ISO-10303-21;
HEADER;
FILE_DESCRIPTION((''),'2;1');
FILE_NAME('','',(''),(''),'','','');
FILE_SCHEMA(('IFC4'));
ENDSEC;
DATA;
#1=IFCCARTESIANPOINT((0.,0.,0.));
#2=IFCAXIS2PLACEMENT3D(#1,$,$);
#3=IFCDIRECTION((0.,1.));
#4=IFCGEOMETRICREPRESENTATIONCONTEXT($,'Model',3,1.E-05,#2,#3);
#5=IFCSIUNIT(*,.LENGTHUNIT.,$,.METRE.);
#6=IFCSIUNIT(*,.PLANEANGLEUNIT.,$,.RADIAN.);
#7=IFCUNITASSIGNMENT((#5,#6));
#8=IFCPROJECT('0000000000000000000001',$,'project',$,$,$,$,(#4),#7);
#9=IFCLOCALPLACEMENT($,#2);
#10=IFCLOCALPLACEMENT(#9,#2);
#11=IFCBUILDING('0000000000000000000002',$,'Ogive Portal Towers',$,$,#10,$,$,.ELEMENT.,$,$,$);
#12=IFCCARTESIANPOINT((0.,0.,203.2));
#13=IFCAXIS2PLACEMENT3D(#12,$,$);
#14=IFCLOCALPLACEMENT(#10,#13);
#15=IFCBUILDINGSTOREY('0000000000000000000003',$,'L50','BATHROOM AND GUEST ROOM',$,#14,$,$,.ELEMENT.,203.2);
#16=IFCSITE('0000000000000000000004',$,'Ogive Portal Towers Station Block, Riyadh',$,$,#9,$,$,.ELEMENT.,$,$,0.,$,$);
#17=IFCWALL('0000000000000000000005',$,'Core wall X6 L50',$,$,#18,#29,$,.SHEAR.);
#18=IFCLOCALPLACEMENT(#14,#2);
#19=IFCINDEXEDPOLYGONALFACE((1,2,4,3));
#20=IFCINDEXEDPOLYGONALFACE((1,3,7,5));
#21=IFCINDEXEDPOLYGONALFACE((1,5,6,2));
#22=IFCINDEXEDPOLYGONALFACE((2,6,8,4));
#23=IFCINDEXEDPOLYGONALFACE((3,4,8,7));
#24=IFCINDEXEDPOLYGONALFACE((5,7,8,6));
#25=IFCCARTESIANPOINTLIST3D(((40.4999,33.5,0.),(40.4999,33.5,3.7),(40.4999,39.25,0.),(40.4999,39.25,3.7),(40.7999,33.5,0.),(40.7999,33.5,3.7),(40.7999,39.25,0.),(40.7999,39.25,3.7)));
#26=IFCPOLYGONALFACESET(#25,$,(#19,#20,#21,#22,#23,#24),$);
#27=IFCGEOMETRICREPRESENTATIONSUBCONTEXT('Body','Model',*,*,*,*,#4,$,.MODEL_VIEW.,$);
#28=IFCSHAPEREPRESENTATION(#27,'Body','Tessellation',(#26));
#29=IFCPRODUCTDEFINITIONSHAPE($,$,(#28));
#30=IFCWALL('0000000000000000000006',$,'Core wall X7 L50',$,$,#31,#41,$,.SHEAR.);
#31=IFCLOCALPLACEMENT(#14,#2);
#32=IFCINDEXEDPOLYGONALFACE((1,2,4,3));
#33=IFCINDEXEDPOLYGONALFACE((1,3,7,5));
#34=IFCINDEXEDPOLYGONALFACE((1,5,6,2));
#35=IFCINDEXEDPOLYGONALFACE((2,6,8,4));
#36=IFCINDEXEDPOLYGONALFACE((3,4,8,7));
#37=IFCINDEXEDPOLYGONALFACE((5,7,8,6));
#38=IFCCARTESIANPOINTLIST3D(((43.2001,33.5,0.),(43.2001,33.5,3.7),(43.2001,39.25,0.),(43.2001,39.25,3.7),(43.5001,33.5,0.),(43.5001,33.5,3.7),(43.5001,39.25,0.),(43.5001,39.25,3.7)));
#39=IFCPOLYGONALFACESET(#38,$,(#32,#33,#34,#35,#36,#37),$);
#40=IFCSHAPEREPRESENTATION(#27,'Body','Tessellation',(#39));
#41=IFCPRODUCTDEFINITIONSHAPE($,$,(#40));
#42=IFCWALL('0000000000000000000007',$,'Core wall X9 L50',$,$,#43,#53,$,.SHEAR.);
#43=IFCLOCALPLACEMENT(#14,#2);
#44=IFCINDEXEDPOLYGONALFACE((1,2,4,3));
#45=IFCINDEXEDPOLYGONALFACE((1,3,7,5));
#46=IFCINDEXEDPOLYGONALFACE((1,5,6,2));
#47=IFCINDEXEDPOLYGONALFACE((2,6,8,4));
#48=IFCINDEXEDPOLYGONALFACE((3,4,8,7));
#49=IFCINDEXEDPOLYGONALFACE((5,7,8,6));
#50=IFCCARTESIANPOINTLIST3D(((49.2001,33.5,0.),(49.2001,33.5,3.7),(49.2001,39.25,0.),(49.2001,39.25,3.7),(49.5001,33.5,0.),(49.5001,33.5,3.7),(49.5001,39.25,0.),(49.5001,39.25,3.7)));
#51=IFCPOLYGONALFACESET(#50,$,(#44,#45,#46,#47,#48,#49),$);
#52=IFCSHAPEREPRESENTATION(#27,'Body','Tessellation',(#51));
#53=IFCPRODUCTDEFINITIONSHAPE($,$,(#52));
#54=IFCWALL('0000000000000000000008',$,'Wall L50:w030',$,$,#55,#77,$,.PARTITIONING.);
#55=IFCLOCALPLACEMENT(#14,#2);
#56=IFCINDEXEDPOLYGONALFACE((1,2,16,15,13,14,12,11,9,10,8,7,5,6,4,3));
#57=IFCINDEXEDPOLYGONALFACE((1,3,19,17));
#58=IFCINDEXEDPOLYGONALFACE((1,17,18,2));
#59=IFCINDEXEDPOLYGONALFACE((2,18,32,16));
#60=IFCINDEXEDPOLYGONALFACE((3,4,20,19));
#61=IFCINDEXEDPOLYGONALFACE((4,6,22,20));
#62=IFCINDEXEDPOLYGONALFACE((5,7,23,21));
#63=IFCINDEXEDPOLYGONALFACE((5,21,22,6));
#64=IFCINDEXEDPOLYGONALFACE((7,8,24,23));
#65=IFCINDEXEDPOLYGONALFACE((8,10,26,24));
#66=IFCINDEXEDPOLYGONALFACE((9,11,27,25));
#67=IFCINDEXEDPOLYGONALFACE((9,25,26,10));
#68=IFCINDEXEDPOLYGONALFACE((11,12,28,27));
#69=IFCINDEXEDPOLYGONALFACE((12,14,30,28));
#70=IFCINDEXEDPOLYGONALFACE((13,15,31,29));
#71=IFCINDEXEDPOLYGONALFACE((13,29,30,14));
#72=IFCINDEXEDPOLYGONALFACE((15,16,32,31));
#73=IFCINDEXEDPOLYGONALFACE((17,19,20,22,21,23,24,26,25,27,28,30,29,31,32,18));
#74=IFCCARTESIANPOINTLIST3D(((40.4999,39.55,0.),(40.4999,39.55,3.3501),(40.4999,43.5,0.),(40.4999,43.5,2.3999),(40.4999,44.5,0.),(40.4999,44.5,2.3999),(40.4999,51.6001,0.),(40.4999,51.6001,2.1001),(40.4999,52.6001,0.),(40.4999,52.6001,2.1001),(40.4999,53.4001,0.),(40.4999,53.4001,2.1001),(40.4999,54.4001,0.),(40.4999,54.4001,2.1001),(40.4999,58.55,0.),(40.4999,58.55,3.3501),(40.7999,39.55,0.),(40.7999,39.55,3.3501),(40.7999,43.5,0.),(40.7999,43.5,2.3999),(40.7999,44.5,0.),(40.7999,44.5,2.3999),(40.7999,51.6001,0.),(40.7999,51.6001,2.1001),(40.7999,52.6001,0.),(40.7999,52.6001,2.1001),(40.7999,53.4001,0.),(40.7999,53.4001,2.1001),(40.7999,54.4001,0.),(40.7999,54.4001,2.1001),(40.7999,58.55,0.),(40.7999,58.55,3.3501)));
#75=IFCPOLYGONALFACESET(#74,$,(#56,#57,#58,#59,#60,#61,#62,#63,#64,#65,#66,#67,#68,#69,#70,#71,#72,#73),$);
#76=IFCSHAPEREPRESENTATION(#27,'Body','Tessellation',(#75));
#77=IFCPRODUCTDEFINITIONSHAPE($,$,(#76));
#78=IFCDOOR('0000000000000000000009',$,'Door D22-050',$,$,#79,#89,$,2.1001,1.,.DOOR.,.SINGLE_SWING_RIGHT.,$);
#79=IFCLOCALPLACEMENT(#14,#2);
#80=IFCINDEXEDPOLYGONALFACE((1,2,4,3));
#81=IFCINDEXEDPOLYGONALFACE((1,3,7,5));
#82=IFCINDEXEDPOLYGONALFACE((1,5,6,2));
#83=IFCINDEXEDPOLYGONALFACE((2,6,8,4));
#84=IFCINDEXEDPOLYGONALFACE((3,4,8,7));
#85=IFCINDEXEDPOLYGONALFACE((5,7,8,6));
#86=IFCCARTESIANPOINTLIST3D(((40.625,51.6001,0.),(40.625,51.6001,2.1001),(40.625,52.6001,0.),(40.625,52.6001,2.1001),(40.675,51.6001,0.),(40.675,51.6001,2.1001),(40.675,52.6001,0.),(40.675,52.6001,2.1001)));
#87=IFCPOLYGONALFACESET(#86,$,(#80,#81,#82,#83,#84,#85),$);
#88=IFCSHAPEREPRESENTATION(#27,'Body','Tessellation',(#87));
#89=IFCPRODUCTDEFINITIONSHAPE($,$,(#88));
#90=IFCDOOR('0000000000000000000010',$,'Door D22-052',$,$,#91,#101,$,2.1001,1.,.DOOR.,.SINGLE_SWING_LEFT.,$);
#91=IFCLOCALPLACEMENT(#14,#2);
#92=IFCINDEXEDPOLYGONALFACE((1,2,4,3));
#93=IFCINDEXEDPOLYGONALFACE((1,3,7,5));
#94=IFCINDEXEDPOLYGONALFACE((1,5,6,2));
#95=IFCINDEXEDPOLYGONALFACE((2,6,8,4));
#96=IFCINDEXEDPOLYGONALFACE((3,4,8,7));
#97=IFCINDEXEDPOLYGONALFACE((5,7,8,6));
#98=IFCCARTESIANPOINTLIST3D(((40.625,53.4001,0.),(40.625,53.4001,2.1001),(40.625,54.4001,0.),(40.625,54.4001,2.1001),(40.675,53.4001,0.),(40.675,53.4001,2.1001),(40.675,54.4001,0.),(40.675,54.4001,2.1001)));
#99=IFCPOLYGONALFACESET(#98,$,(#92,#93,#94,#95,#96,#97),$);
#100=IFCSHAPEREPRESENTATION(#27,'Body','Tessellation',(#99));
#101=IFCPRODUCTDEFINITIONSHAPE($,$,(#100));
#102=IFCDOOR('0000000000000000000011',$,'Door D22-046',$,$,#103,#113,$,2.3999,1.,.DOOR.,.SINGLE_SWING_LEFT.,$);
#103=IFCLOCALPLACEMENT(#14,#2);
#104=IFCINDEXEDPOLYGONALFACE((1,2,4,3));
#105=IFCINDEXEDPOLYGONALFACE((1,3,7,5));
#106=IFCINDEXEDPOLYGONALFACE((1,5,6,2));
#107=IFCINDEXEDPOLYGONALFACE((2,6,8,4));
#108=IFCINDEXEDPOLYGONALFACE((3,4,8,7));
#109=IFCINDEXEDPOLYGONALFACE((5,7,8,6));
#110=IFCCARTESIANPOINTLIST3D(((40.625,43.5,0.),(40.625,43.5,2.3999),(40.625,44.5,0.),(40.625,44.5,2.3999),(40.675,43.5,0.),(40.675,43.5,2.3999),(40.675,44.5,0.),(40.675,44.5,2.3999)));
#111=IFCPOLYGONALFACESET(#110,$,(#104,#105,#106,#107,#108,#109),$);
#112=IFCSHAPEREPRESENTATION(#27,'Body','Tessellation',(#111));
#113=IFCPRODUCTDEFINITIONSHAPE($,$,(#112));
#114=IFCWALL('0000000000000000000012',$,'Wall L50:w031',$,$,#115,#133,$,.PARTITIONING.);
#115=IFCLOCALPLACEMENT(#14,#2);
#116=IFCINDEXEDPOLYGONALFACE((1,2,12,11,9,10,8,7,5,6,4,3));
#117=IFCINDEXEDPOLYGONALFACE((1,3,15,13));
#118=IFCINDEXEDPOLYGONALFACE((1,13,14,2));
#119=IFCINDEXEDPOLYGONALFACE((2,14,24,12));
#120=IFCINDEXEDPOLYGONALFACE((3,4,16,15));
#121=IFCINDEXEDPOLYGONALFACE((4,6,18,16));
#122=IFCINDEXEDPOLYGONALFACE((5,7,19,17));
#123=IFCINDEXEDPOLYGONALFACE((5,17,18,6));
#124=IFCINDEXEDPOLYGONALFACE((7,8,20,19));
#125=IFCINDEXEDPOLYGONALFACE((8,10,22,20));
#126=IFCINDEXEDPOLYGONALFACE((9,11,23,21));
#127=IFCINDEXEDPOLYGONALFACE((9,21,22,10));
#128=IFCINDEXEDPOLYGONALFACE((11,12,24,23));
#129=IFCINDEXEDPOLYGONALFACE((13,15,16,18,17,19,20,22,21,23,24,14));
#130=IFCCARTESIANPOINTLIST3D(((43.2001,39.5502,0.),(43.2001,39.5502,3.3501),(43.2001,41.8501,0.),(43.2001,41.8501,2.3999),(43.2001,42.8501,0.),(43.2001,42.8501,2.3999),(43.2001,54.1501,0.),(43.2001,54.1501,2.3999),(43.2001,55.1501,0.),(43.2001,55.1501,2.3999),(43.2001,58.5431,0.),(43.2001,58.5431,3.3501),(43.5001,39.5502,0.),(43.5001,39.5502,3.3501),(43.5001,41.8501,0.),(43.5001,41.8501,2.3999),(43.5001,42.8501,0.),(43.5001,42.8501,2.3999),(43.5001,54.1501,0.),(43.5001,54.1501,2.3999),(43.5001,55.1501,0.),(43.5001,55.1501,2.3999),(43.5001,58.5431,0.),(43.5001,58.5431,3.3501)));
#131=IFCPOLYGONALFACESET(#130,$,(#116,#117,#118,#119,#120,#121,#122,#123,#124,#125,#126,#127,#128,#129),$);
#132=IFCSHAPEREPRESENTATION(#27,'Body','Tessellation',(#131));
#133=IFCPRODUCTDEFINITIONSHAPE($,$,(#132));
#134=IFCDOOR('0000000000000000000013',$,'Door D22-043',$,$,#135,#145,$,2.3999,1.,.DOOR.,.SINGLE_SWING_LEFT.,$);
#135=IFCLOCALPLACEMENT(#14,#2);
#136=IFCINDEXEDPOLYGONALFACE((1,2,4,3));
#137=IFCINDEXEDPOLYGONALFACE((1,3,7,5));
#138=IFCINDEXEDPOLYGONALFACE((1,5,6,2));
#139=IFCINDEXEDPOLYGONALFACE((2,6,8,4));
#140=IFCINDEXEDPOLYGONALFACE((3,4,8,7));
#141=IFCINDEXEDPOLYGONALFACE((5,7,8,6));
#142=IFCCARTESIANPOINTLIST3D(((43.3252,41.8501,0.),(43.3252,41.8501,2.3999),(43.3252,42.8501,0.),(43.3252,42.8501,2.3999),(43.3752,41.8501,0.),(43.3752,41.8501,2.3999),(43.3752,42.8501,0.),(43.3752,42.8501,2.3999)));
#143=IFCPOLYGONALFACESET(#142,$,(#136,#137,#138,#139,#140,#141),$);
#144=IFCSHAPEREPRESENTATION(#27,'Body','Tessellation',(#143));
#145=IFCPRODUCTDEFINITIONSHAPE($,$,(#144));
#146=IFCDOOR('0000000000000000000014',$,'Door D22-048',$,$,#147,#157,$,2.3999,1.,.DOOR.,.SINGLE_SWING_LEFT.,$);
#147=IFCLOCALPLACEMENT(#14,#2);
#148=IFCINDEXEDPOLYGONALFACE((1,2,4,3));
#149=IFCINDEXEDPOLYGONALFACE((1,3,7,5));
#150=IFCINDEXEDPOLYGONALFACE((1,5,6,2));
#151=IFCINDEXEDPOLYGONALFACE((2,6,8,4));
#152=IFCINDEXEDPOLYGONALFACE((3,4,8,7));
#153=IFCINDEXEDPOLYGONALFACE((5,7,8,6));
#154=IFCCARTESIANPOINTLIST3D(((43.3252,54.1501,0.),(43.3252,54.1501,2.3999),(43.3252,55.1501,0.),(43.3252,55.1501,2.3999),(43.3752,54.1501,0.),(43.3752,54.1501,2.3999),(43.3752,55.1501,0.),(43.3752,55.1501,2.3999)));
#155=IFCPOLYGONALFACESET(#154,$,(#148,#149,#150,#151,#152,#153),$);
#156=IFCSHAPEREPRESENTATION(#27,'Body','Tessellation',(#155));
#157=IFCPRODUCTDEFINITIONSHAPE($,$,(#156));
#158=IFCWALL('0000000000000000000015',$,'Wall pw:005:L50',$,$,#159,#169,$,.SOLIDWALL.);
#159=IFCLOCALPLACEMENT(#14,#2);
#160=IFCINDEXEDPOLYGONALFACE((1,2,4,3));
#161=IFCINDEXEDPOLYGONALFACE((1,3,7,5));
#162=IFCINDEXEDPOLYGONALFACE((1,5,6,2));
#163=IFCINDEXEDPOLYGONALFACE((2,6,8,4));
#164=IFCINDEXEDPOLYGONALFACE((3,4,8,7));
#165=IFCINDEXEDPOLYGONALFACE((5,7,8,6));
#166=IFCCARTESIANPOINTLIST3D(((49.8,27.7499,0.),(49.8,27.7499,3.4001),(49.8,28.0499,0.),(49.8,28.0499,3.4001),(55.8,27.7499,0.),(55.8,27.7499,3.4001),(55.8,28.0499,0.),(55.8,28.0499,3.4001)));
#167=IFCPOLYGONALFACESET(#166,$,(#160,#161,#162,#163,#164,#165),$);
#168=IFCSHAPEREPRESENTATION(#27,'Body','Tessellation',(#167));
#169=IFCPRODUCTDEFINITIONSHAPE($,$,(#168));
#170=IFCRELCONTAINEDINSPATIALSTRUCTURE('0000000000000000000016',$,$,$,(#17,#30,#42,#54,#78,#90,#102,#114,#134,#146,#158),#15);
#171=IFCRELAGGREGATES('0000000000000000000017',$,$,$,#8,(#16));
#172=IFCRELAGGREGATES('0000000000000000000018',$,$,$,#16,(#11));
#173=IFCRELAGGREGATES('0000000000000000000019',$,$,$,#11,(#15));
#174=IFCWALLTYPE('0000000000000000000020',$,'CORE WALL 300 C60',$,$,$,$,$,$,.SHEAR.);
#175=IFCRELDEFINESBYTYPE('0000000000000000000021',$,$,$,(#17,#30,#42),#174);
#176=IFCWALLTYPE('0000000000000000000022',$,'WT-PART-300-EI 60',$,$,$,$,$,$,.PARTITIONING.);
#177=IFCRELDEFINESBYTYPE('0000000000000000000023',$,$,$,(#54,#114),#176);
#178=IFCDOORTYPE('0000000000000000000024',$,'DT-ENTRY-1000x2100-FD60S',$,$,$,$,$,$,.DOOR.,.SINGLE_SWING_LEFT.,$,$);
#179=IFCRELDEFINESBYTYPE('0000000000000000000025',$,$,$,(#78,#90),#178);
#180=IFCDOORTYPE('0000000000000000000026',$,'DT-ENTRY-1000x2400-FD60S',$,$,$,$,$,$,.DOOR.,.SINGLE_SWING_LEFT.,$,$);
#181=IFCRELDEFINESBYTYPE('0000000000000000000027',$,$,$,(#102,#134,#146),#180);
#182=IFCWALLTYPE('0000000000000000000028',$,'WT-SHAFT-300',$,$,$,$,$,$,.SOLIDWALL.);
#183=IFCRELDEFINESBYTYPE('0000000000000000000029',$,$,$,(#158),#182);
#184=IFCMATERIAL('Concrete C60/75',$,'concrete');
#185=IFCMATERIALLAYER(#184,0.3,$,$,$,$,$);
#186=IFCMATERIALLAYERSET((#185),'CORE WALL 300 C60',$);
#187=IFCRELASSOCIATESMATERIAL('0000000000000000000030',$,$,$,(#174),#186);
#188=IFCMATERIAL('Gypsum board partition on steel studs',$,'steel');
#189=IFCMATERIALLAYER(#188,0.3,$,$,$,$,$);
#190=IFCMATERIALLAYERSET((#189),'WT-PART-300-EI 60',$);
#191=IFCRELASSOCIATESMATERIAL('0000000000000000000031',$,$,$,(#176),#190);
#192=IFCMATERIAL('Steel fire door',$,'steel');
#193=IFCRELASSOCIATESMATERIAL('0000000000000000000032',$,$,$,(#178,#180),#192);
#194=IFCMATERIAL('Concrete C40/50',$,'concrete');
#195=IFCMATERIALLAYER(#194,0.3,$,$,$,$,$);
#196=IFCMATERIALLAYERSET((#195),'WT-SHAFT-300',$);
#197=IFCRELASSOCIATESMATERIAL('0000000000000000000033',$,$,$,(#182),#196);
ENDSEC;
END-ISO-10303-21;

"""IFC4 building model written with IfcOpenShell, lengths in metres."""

from ifc_helpers import new_model, si_unit, direction, frame, frame_2d, origin, place, context, subcontext, project, spatial, rectangle, extrude, material, layer, layer_set, type_object, element, fill, save


model = new_model("IFC4")

# Units and contexts
model_context = context("Model", 3, precision=1e-05, world=origin(), true_north=direction((0.0, 1.0)))
body_context = subcontext(model_context, "Body", "Model", "MODEL_VIEW")
ifc_project = project(units=[si_unit("LENGTHUNIT", "METRE"), si_unit("PLANEANGLEUNIT", "RADIAN")], contexts=[model_context])

# Site, building, storey
site_placement = place(None, origin())
site = spatial("IfcSite", under=ifc_project, at=site_placement, Name="Ogive Portal Towers Station Block, Riyadh", CompositionType="ELEMENT", RefElevation=0.0)
building_placement = place(site_placement, origin())
building = spatial("IfcBuilding", under=site, at=building_placement, Name="Ogive Portal Towers", CompositionType="ELEMENT")
storey_placement = place(building_placement, frame((0.0, 0.0, 203.2)))
storey = spatial("IfcBuildingStorey", under=building, at=storey_placement, Name="L50", Description="BATHROOM AND GUEST ROOM", CompositionType="ELEMENT", Elevation=203.2)

# Shared definitions
ifc_material_1 = material(Name="Concrete C60/75", Category="concrete")
ifc_layer_1 = layer(ifc_material_1, 0.3)
ifc_layer_set_1 = layer_set([ifc_layer_1], Name="CORE WALL 300 C60")
wall_type_1 = type_object("IfcWallType", Name="CORE WALL 300 C60", PredefinedType="SHEAR", material=ifc_layer_set_1)
ifc_material_2 = material(Name="Steel fire door", Category="steel")

# Walls
for number, where, z_axis, x_axis, name in (
    (1, (40.6499, 33.5, 0.0), (0.0, 0.0, 1.0), (0.0, 1.0, 0.0), "Core wall X6 L50"),
    (2, (43.3501, 33.5, 0.0), (0.0, 0.0, 1.0), (0.0, 1.0, 0.0), "Core wall X7 L50"),
    (3, (49.3501, 33.5, 0.0), (0.0, 0.0, 1.0), (0.0, 1.0, 0.0), "Core wall X9 L50"),
):
    element("IfcWall", number, at=place(storey_placement, frame(where, z_axis=z_axis, x_axis=x_axis)), inside=storey, type_object=wall_type_1, Name=name, PredefinedType="SHEAR", context=body_context, shape_type="SweptSolid", body=[
        extrude(rectangle(XDim=5.75, YDim=0.3, at=frame_2d((2.875, 0.0))), origin(), (0.0, 0.0, 1.0), 3.7),
    ])

# Walls, openings, doors
ifc_material_3 = material(Name="Gypsum board partition on steel studs", Category="steel")
ifc_layer_2 = layer(ifc_material_3, 0.3)
ifc_layer_set_2 = layer_set([ifc_layer_2], Name="WT-PART-300-EI 60")
wall_type_2 = type_object("IfcWallType", Name="WT-PART-300-EI 60", PredefinedType="PARTITIONING", material=ifc_layer_set_2)
wall_1_placement = place(storey_placement, frame((40.6499, 39.55, 0.0), z_axis=(0.0, 0.0, 1.0), x_axis=(0.0, 1.0, 0.0)))
wall_1 = element("IfcWall", 4, at=wall_1_placement, inside=storey, type_object=wall_type_2, Name="Wall L50:w030", PredefinedType="PARTITIONING", context=body_context, shape_type="SweptSolid", body=[
    extrude(rectangle(XDim=19.0, YDim=0.3, at=frame_2d((9.5, 0.0))), origin(), (0.0, 0.0, 1.0), 3.3501),
])
opening_1_placement = place(wall_1_placement, frame((3.95, 0.0, 0.0)))
opening_1 = element("IfcOpeningElement", 5, at=opening_1_placement, cuts=wall_1, PredefinedType="OPENING", context=body_context, shape_type="SweptSolid", body=[
    extrude(rectangle(XDim=1.0, YDim=2.3999, at=frame_2d((0.5, 1.2))), frame((0.0, 0.1602, 0.0), z_axis=(0.0, -1.0, 0.0), x_axis=(1.0, 0.0, 0.0)), (0.0, 0.0, 1.0), 0.3201),
])
opening_2_placement = place(wall_1_placement, frame((12.05, 0.0, 0.0)))
opening_2 = element("IfcOpeningElement", 6, at=opening_2_placement, cuts=wall_1, PredefinedType="OPENING", context=body_context, shape_type="SweptSolid", body=[
    extrude(rectangle(XDim=1.0, YDim=2.1001, at=frame_2d((0.5, 1.05))), frame((0.0, 0.1602, 0.0), z_axis=(0.0, -1.0, 0.0), x_axis=(1.0, 0.0, 0.0)), (0.0, 0.0, 1.0), 0.3201),
])
opening_3_placement = place(wall_1_placement, frame((13.8501, 0.0, 0.0)))
opening_3 = element("IfcOpeningElement", 7, at=opening_3_placement, cuts=wall_1, PredefinedType="OPENING", context=body_context, shape_type="SweptSolid", body=[
    extrude(rectangle(XDim=1.0, YDim=2.1001, at=frame_2d((0.5, 1.05))), frame((0.0, 0.1602, 0.0), z_axis=(0.0, -1.0, 0.0), x_axis=(1.0, 0.0, 0.0)), (0.0, 0.0, 1.0), 0.3201),
])
door_type_1 = type_object("IfcDoorType", Name="DT-ENTRY-1000x2100-FD60S", OperationType="SINGLE_SWING_LEFT", PredefinedType="DOOR", material=ifc_material_2)
door_1_placement = place(opening_2_placement, origin())
door_1 = element("IfcDoor", 8, at=door_1_placement, inside=storey, type_object=door_type_1, Name="Door D22-050", OperationType="SINGLE_SWING_RIGHT", OverallHeight=2.1001, OverallWidth=1.0, PredefinedType="DOOR", context=body_context, shape_type="SweptSolid", body=[
    extrude(rectangle(XDim=1.0, YDim=2.1001, at=frame_2d((0.5, 1.05))), frame((0.0, 0.0249, 0.0), z_axis=(0.0, -1.0, 0.0), x_axis=(1.0, 0.0, 0.0)), (0.0, 0.0, 1.0), 0.05),
])
fill(opening_2, door_1)
door_2_placement = place(opening_3_placement, origin())
door_2 = element("IfcDoor", 9, at=door_2_placement, inside=storey, type_object=door_type_1, Name="Door D22-052", OperationType="SINGLE_SWING_LEFT", OverallHeight=2.1001, OverallWidth=1.0, PredefinedType="DOOR", context=body_context, shape_type="SweptSolid", body=[
    extrude(rectangle(XDim=1.0, YDim=2.1001, at=frame_2d((0.5, 1.05))), frame((0.0, 0.0249, 0.0), z_axis=(0.0, -1.0, 0.0), x_axis=(1.0, 0.0, 0.0)), (0.0, 0.0, 1.0), 0.05),
])
fill(opening_3, door_2)
door_type_2 = type_object("IfcDoorType", Name="DT-ENTRY-1000x2400-FD60S", OperationType="SINGLE_SWING_LEFT", PredefinedType="DOOR", material=ifc_material_2)
door_3_placement = place(opening_1_placement, origin())
door_3 = element("IfcDoor", 10, at=door_3_placement, inside=storey, type_object=door_type_2, Name="Door D22-046", OperationType="SINGLE_SWING_LEFT", OverallHeight=2.3999, OverallWidth=1.0, PredefinedType="DOOR", context=body_context, shape_type="SweptSolid", body=[
    extrude(rectangle(XDim=1.0, YDim=2.3999, at=frame_2d((0.5, 1.2))), frame((0.0, 0.0249, 0.0), z_axis=(0.0, -1.0, 0.0), x_axis=(1.0, 0.0, 0.0)), (0.0, 0.0, 1.0), 0.05),
])
fill(opening_1, door_3)
wall_2_placement = place(storey_placement, frame((43.3501, 39.55, 0.0), z_axis=(0.0, 0.0, 1.0), x_axis=(0.0, 1.0, 0.0)))
wall_2 = element("IfcWall", 11, at=wall_2_placement, inside=storey, type_object=wall_type_2, Name="Wall L50:w031", PredefinedType="PARTITIONING", context=body_context, shape_type="SweptSolid", body=[
    extrude(rectangle(XDim=18.9929, YDim=0.3, at=frame_2d((9.4966, 0.0))), origin(), (0.0, 0.0, 1.0), 3.3501),
])
opening_4_placement = place(wall_2_placement, frame((2.3, 0.0, 0.0)))
opening_4 = element("IfcOpeningElement", 12, at=opening_4_placement, cuts=wall_2, PredefinedType="OPENING", context=body_context, shape_type="SweptSolid", body=[
    extrude(rectangle(XDim=1.0, YDim=2.3999, at=frame_2d((0.5, 1.2))), frame((0.0, 0.1602, 0.0), z_axis=(0.0, -1.0, 0.0), x_axis=(1.0, 0.0, 0.0)), (0.0, 0.0, 1.0), 0.3201),
])
opening_5_placement = place(wall_2_placement, frame((14.6001, 0.0, 0.0)))
opening_5 = element("IfcOpeningElement", 13, at=opening_5_placement, cuts=wall_2, PredefinedType="OPENING", context=body_context, shape_type="SweptSolid", body=[
    extrude(rectangle(XDim=1.0, YDim=2.3999, at=frame_2d((0.5, 1.2))), frame((0.0, 0.1602, 0.0), z_axis=(0.0, -1.0, 0.0), x_axis=(1.0, 0.0, 0.0)), (0.0, 0.0, 1.0), 0.3201),
])
door_4_placement = place(opening_4_placement, origin())
door_4 = element("IfcDoor", 14, at=door_4_placement, inside=storey, type_object=door_type_2, Name="Door D22-043", OperationType="SINGLE_SWING_LEFT", OverallHeight=2.3999, OverallWidth=1.0, PredefinedType="DOOR", context=body_context, shape_type="SweptSolid", body=[
    extrude(rectangle(XDim=1.0, YDim=2.3999, at=frame_2d((0.5, 1.2))), frame((0.0, 0.0249, 0.0), z_axis=(0.0, -1.0, 0.0), x_axis=(1.0, 0.0, 0.0)), (0.0, 0.0, 1.0), 0.05),
])
fill(opening_4, door_4)
door_5_placement = place(opening_5_placement, origin())
door_5 = element("IfcDoor", 15, at=door_5_placement, inside=storey, type_object=door_type_2, Name="Door D22-048", OperationType="SINGLE_SWING_LEFT", OverallHeight=2.3999, OverallWidth=1.0, PredefinedType="DOOR", context=body_context, shape_type="SweptSolid", body=[
    extrude(rectangle(XDim=1.0, YDim=2.3999, at=frame_2d((0.5, 1.2))), frame((0.0, 0.0249, 0.0), z_axis=(0.0, -1.0, 0.0), x_axis=(1.0, 0.0, 0.0)), (0.0, 0.0, 1.0), 0.05),
])
fill(opening_5, door_5)

# Wall
ifc_material_4 = material(Name="Concrete C40/50", Category="concrete")
ifc_layer_3 = layer(ifc_material_4, 0.3)
ifc_layer_set_3 = layer_set([ifc_layer_3], Name="WT-SHAFT-300")
wall_type_3 = type_object("IfcWallType", Name="WT-SHAFT-300", PredefinedType="SOLIDWALL", material=ifc_layer_set_3)
wall_3_placement = place(storey_placement, frame((49.8, 27.8999, 0.0), z_axis=(0.0, 0.0, 1.0), x_axis=(1.0, 0.0, 0.0)))
element("IfcWall", 16, at=wall_3_placement, inside=storey, type_object=wall_type_3, Name="Wall pw:005:L50", PredefinedType="SOLIDWALL", context=body_context, shape_type="SweptSolid", body=[
    extrude(rectangle(XDim=6.0, YDim=0.3, at=frame_2d((3.0, 0.0))), origin(), (0.0, 0.0, 1.0), 3.4001),
])

save(model, "model.ifc")
